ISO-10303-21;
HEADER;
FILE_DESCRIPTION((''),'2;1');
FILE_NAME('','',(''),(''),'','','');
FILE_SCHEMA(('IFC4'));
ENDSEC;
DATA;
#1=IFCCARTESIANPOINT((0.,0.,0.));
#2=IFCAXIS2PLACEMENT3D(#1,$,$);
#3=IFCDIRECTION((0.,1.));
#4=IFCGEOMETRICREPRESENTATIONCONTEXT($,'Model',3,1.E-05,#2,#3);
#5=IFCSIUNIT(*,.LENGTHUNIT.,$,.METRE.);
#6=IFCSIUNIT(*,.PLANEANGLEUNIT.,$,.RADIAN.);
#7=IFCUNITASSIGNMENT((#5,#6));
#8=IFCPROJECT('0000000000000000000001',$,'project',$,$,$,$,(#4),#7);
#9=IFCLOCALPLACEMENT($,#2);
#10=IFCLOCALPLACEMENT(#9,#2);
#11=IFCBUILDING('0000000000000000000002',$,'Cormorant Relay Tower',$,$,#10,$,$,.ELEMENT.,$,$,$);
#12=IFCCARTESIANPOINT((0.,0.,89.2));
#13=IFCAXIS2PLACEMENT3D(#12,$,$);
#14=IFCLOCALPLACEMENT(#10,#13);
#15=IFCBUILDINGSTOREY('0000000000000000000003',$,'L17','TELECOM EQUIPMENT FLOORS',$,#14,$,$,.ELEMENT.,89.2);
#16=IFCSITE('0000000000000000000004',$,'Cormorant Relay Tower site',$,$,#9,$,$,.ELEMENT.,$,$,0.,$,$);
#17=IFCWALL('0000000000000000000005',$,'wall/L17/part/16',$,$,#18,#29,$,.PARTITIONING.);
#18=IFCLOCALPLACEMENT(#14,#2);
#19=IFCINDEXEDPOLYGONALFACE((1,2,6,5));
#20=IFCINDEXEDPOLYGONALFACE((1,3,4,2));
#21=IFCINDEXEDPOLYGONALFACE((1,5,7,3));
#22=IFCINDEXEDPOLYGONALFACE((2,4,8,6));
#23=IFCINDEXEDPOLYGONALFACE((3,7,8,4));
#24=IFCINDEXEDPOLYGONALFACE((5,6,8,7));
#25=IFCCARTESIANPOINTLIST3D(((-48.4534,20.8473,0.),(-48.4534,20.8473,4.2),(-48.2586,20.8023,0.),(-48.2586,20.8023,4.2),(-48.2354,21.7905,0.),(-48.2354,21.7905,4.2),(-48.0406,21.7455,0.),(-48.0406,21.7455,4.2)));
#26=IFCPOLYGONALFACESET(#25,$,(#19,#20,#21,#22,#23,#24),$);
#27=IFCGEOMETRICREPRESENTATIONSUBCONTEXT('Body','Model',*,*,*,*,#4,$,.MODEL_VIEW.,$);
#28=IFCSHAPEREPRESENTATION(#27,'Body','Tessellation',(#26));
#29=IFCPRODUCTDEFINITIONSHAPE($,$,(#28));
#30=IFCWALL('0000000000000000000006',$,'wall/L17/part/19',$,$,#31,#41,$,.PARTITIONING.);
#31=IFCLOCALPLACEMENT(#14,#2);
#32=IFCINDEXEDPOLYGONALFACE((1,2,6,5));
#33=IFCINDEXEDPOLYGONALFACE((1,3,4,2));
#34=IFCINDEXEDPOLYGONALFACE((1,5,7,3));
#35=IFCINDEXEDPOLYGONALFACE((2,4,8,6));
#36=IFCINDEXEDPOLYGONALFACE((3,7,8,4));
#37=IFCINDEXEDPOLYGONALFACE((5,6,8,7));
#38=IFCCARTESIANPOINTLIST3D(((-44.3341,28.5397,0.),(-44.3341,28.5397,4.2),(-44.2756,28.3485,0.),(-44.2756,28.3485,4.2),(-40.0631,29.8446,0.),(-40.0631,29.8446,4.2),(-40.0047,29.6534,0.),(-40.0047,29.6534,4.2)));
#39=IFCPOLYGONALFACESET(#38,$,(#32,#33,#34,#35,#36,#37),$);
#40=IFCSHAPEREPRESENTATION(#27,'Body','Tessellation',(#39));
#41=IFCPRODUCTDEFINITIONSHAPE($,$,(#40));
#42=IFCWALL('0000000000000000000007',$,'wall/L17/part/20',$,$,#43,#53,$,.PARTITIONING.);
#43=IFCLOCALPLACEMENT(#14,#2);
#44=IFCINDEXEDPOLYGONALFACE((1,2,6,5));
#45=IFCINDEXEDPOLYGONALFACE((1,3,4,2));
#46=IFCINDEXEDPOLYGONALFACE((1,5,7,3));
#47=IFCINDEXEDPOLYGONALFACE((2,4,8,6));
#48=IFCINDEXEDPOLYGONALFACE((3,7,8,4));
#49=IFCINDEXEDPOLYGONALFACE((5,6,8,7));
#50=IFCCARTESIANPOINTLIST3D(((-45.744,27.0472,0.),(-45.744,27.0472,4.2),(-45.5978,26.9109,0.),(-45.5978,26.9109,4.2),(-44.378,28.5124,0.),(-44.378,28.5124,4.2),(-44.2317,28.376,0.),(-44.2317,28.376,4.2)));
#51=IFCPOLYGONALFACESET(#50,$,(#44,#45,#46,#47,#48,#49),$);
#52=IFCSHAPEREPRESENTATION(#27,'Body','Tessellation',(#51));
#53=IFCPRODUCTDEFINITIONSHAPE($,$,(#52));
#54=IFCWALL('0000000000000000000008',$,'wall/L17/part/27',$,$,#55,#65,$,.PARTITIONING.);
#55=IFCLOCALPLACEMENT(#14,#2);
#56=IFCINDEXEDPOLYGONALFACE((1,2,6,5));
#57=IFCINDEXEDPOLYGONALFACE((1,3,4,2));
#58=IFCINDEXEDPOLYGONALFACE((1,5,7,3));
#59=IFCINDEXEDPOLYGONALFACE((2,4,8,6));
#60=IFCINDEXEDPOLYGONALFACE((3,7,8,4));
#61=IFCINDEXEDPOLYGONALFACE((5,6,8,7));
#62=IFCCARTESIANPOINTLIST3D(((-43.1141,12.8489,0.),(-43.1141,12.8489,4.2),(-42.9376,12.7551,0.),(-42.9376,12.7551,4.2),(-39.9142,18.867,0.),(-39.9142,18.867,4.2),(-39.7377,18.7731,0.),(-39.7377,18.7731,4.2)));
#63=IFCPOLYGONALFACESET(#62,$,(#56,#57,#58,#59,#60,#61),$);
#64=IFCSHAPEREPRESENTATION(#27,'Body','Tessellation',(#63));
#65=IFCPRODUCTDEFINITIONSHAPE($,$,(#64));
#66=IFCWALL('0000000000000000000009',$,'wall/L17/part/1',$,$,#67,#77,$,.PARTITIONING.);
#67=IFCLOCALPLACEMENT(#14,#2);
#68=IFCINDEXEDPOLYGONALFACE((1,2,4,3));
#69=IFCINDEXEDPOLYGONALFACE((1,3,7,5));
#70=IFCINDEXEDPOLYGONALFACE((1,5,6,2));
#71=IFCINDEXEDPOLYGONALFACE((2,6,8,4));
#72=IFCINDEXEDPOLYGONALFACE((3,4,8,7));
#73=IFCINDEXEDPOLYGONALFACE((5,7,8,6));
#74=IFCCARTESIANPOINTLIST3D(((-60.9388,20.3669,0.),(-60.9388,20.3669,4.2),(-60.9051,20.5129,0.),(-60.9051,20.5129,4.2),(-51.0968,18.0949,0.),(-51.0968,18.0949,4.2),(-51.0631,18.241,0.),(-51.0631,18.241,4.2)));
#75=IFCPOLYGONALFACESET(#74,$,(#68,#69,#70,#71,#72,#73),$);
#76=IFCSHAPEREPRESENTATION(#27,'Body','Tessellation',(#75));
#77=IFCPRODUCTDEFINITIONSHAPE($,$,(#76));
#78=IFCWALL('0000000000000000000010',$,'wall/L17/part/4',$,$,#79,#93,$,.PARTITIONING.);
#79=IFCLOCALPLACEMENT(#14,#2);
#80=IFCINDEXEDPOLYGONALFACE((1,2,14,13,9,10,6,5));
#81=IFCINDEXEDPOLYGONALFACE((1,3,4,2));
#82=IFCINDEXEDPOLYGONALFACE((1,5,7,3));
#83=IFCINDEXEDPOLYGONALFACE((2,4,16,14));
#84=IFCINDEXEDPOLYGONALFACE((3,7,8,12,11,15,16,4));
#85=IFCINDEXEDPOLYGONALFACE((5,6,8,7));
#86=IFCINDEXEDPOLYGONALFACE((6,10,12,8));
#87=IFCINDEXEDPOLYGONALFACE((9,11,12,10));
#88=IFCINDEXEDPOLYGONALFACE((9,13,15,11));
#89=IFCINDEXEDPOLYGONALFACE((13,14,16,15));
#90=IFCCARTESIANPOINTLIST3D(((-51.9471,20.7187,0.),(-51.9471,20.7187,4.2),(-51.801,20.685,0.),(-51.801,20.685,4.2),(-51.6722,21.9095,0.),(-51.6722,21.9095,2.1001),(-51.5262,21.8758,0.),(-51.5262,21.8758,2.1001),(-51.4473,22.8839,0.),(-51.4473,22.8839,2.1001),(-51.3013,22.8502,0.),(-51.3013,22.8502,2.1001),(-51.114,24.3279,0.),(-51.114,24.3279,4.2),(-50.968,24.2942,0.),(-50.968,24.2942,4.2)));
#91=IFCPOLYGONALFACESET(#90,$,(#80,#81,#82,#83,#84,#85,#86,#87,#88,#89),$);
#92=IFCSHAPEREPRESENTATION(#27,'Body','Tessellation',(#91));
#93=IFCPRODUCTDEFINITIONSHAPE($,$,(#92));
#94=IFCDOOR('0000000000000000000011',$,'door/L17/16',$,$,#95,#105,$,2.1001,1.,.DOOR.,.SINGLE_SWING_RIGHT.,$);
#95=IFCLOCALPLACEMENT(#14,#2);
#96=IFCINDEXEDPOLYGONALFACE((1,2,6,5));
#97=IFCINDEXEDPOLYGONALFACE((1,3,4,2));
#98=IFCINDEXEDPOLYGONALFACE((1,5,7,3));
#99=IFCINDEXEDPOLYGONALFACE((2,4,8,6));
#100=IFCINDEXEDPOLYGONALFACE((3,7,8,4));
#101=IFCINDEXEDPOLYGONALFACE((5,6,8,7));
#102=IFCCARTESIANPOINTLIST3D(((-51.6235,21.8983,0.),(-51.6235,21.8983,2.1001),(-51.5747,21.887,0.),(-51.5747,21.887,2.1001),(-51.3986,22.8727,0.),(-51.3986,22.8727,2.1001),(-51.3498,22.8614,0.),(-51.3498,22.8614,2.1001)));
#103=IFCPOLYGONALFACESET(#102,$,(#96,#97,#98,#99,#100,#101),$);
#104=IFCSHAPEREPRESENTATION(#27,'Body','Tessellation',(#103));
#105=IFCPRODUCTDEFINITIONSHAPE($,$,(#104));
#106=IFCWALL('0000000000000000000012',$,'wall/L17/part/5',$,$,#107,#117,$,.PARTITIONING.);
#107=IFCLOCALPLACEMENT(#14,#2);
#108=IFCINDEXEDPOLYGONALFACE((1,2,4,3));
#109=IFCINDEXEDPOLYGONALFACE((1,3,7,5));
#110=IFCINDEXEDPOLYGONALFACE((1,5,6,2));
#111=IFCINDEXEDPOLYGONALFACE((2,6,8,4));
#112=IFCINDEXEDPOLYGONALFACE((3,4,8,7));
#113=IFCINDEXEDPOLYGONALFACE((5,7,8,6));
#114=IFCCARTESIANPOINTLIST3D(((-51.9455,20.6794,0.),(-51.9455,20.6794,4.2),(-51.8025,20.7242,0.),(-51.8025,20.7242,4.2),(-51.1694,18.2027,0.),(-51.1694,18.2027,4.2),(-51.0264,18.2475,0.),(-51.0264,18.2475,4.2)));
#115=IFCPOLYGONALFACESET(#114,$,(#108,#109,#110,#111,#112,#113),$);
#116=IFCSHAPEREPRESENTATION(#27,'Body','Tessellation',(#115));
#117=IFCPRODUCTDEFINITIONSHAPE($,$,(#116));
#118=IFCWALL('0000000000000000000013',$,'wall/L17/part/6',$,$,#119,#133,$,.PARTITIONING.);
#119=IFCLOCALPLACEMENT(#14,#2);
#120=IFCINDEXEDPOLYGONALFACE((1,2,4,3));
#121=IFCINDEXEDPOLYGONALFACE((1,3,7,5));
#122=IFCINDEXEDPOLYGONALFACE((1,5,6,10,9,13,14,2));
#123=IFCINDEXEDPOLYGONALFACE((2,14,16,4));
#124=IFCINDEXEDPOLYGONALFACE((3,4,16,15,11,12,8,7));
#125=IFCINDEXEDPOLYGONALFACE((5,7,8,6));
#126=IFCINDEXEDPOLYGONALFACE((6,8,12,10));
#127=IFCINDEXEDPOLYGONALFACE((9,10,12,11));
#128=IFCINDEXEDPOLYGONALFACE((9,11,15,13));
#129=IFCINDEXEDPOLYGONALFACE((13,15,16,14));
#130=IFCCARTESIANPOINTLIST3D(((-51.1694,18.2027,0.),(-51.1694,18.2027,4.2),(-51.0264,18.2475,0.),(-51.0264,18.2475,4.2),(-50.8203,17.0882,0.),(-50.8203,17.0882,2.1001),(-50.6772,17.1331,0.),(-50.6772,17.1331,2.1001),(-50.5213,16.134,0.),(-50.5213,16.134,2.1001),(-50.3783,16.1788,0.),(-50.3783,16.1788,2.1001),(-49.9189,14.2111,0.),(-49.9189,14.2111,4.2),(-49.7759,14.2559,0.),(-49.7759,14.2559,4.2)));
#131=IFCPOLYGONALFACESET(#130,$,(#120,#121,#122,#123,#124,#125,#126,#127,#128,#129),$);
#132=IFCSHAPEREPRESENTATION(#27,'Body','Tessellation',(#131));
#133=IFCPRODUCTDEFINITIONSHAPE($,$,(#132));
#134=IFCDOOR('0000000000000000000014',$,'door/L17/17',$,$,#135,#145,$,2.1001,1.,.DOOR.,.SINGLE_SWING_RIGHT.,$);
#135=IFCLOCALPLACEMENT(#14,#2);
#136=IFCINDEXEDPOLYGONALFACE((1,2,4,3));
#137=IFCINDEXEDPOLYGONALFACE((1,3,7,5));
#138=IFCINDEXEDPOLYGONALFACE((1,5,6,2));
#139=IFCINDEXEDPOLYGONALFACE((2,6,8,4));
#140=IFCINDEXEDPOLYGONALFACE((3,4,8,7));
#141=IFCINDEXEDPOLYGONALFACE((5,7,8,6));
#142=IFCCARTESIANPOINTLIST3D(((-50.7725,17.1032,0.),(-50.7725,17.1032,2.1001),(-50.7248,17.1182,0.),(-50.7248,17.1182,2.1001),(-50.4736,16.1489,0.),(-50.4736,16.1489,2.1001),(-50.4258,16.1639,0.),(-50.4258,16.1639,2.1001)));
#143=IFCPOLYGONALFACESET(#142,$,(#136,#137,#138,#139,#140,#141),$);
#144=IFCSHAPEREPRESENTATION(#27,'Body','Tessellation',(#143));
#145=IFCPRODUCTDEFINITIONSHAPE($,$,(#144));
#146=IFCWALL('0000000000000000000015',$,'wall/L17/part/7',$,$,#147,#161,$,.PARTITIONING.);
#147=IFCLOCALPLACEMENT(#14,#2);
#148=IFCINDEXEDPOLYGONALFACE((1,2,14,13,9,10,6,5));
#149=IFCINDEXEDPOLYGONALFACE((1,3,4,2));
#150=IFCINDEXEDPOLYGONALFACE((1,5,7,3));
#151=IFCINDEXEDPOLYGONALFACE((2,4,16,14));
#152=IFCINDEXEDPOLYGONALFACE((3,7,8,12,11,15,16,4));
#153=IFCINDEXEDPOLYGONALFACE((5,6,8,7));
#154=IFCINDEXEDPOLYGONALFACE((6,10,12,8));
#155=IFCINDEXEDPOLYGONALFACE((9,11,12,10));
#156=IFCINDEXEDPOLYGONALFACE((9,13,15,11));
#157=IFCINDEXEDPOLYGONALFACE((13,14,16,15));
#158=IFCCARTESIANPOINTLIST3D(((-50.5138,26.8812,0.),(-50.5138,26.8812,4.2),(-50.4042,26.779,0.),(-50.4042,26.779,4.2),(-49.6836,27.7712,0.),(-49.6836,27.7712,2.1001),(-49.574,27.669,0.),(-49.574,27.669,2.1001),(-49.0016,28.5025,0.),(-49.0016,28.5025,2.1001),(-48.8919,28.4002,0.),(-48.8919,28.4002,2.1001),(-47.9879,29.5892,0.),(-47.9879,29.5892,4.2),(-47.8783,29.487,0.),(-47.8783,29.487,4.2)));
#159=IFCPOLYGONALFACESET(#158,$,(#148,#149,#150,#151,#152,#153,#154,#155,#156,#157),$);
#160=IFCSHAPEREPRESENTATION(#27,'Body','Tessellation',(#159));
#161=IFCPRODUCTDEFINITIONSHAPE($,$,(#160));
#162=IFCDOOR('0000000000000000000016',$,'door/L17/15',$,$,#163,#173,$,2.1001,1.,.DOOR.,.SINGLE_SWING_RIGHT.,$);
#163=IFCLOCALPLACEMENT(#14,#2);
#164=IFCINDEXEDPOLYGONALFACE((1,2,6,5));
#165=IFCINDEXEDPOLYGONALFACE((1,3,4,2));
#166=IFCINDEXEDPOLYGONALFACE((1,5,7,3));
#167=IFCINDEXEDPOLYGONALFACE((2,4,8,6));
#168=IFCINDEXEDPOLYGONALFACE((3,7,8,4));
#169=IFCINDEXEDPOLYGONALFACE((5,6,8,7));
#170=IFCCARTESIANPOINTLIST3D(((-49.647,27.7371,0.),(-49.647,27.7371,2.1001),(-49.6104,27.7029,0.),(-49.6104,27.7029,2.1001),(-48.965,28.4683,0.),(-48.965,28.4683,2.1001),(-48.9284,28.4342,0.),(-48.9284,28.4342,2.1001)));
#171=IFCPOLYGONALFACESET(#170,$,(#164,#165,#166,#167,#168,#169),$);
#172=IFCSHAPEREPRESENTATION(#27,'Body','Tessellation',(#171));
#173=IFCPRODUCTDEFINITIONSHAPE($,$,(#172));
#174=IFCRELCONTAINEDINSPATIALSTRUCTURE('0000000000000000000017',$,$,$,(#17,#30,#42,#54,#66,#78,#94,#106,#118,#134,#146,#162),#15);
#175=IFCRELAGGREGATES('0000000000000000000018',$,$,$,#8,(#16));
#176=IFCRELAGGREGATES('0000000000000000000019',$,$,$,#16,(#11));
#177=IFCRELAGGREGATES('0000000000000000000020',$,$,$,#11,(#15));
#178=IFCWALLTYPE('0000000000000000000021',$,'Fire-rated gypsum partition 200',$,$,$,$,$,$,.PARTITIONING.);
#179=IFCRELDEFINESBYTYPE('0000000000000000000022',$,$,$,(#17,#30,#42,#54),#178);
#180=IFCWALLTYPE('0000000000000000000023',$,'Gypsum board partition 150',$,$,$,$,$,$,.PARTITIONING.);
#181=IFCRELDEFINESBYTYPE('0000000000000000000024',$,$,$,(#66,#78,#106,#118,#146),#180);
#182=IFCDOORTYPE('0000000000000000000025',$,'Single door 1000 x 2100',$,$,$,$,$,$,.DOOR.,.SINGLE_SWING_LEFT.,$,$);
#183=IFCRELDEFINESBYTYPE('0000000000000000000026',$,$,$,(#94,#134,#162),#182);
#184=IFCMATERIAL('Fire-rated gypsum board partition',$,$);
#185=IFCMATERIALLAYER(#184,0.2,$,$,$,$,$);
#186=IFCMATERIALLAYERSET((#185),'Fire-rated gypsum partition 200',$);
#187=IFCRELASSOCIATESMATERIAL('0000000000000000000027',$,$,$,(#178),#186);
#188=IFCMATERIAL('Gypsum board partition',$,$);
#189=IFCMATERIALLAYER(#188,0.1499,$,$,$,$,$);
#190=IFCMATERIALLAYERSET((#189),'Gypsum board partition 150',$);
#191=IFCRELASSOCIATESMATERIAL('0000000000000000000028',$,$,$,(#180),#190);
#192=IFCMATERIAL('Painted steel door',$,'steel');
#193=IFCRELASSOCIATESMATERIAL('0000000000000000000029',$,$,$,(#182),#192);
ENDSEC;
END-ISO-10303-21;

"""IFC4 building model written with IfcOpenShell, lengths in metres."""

from ifc_helpers import new_model, si_unit, direction, frame, frame_2d, origin, place, context, subcontext, project, spatial, rectangle, extrude, material, layer, layer_set, type_object, element, fill, save


model = new_model("IFC4")

# Units and contexts
model_context = context("Model", 3, precision=1e-05, world=origin(), true_north=direction((0.0, 1.0)))
body_context = subcontext(model_context, "Body", "Model", "MODEL_VIEW")
ifc_project = project(units=[si_unit("LENGTHUNIT", "METRE"), si_unit("PLANEANGLEUNIT", "RADIAN")], contexts=[model_context])

# Site, building, storey
site_placement = place(None, origin())
site = spatial("IfcSite", under=ifc_project, at=site_placement, Name="Cormorant Relay Tower site", CompositionType="ELEMENT", RefElevation=0.0)
building_placement = place(site_placement, origin())
building = spatial("IfcBuilding", under=site, at=building_placement, Name="Cormorant Relay Tower", CompositionType="ELEMENT")
storey_placement = place(building_placement, frame((0.0, 0.0, 89.2)))
storey = spatial("IfcBuildingStorey", under=building, at=storey_placement, Name="L17", Description="TELECOM EQUIPMENT FLOORS", CompositionType="ELEMENT", Elevation=89.2)

# Walls
ifc_material_1 = material(Name="Fire-rated gypsum board partition")
ifc_layer_1 = layer(ifc_material_1, 0.2)
ifc_layer_set_1 = layer_set([ifc_layer_1], Name="Fire-rated gypsum partition 200")
wall_type_1 = type_object("IfcWallType", Name="Fire-rated gypsum partition 200", PredefinedType="PARTITIONING", material=ifc_layer_set_1)
wall_1_placement = place(storey_placement, frame((-48.356, 20.825, 0.0), z_axis=(0.0, 0.0, 1.0), x_axis=(0.225228, 0.974306, 0.0)))
element("IfcWall", 1, at=wall_1_placement, inside=storey, type_object=wall_type_1, Name="wall/L17/part/16", PredefinedType="PARTITIONING", context=body_context, shape_type="SweptSolid", body=[
    extrude(rectangle(XDim=0.968, YDim=0.2, at=frame_2d((0.4839, 0.0))), origin(), (0.0, 0.0, 1.0), 4.2),
])
wall_2_placement = place(storey_placement, frame((-40.0339, 29.749, 0.0), z_axis=(0.0, 0.0, 1.0), x_axis=(-0.956358, -0.292199, 0.0)))
element("IfcWall", 2, at=wall_2_placement, inside=storey, type_object=wall_type_1, Name="wall/L17/part/19", PredefinedType="PARTITIONING", context=body_context, shape_type="SweptSolid", body=[
    extrude(rectangle(XDim=4.4658, YDim=0.2, at=frame_2d((2.2329, 0.0))), origin(), (0.0, 0.0, 1.0), 4.2),
])
wall_3_placement = place(storey_placement, frame((-44.3049, 28.4441, 0.0), z_axis=(0.0, 0.0, 1.0), x_axis=(-0.681932, -0.731416, 0.0)))
element("IfcWall", 3, at=wall_3_placement, inside=storey, type_object=wall_type_1, Name="wall/L17/part/20", PredefinedType="PARTITIONING", context=body_context, shape_type="SweptSolid", body=[
    extrude(rectangle(XDim=2.0032, YDim=0.2, at=frame_2d((1.0015, 0.0))), origin(), (0.0, 0.0, 1.0), 4.2),
])
wall_4_placement = place(storey_placement, frame((-39.8259, 18.8201, 0.0), z_axis=(0.0, 0.0, 1.0), x_axis=(-0.469482, -0.882942, 0.0)))
element("IfcWall", 4, at=wall_4_placement, inside=storey, type_object=wall_type_1, Name="wall/L17/part/27", PredefinedType="PARTITIONING", context=body_context, shape_type="SweptSolid", body=[
    extrude(rectangle(XDim=6.8159, YDim=0.2, at=frame_2d((3.408, 0.0))), origin(), (0.0, 0.0, 1.0), 4.2),
])
ifc_material_2 = material(Name="Gypsum board partition")
ifc_layer_2 = layer(ifc_material_2, 0.1499)
ifc_layer_set_2 = layer_set([ifc_layer_2], Name="Gypsum board partition 150")
wall_type_2 = type_object("IfcWallType", Name="Gypsum board partition 150", PredefinedType="PARTITIONING", material=ifc_layer_set_2)
wall_5_placement = place(storey_placement, frame((-51.0801, 18.168, 0.0), z_axis=(0.0, 0.0, 1.0), x_axis=(-0.974375, 0.224928, 0.0)))
element("IfcWall", 5, at=wall_5_placement, inside=storey, type_object=wall_type_2, Name="wall/L17/part/1", PredefinedType="PARTITIONING", context=body_context, shape_type="SweptSolid", body=[
    extrude(rectangle(XDim=10.1008, YDim=0.1499, at=frame_2d((5.0503, 0.0))), origin(), (0.0, 0.0, 1.0), 4.2),
])

# Wall, opening, door
wall_6_placement = place(storey_placement, frame((-51.041, 24.311, 0.0), z_axis=(0.0, 0.0, 1.0), x_axis=(-0.224893, -0.974383, 0.0)))
wall_6 = element("IfcWall", 6, at=wall_6_placement, inside=storey, type_object=wall_type_2, Name="wall/L17/part/4", PredefinedType="PARTITIONING", context=body_context, shape_type="SweptSolid", body=[
    extrude(rectangle(XDim=3.7041, YDim=0.1499, at=frame_2d((1.8521, 0.0))), origin(), (0.0, 0.0, 1.0), 4.2),
])
opening_1_placement = place(wall_6_placement, frame((1.4819, 0.0, 0.0)))
opening_1 = element("IfcOpeningElement", 7, at=opening_1_placement, cuts=wall_6, PredefinedType="OPENING", context=body_context, shape_type="SweptSolid", body=[
    extrude(rectangle(XDim=1.0, YDim=2.1001, at=frame_2d((0.5, 1.05))), frame((0.0, 0.085, 0.0), z_axis=(0.0, -1.0, 0.0), x_axis=(1.0, 0.0, 0.0)), (0.0, 0.0, 1.0), 0.1699),
])
ifc_material_3 = material(Name="Painted steel door", Category="steel")
door_type = type_object("IfcDoorType", Name="Single door 1000 x 2100", OperationType="SINGLE_SWING_LEFT", PredefinedType="DOOR", material=ifc_material_3)
door_1_placement = place(opening_1_placement, frame((1.0, 0.0, 0.0), z_axis=(0.0, 0.0, 1.0), x_axis=(-1.0, 0.0, 0.0)))
door_1 = element("IfcDoor", 8, at=door_1_placement, inside=storey, type_object=door_type, Name="door/L17/16", OperationType="SINGLE_SWING_RIGHT", OverallHeight=2.1001, OverallWidth=1.0, PredefinedType="DOOR", context=body_context, shape_type="SweptSolid", body=[
    extrude(rectangle(XDim=1.0, YDim=2.1001, at=frame_2d((0.5, 1.05))), frame((0.0, 0.0249, 0.0), z_axis=(0.0, -1.0, 0.0), x_axis=(1.0, 0.0, 0.0)), (0.0, 0.0, 1.0), 0.05),
])
fill(opening_1, door_1)

# Wall
wall_7_placement = place(storey_placement, frame((-51.874, 20.7019, 0.0), z_axis=(0.0, 0.0, 1.0), x_axis=(0.299019, -0.954247, 0.0)))
element("IfcWall", 9, at=wall_7_placement, inside=storey, type_object=wall_type_2, Name="wall/L17/part/5", PredefinedType="PARTITIONING", context=body_context, shape_type="SweptSolid", body=[
    extrude(rectangle(XDim=2.5955, YDim=0.1499, at=frame_2d((1.2979, 0.0))), origin(), (0.0, 0.0, 1.0), 4.2),
])

# Walls, openings, doors
wall_8_placement = place(storey_placement, frame((-49.8474, 14.2336, 0.0), z_axis=(0.0, 0.0, 1.0), x_axis=(-0.298963, 0.954265, 0.0)))
wall_8 = element("IfcWall", 10, at=wall_8_placement, inside=storey, type_object=wall_type_2, Name="wall/L17/part/6", PredefinedType="PARTITIONING", context=body_context, shape_type="SweptSolid", body=[
    extrude(rectangle(XDim=4.1829, YDim=0.1499, at=frame_2d((2.0913, 0.0))), origin(), (0.0, 0.0, 1.0), 4.2),
])
opening_2_placement = place(wall_8_placement, frame((2.0149, 0.0, 0.0)))
opening_2 = element("IfcOpeningElement", 11, at=opening_2_placement, cuts=wall_8, PredefinedType="OPENING", context=body_context, shape_type="SweptSolid", body=[
    extrude(rectangle(XDim=1.0, YDim=2.1001, at=frame_2d((0.5, 1.05))), frame((0.0, 0.085, 0.0), z_axis=(0.0, -1.0, 0.0), x_axis=(1.0, 0.0, 0.0)), (0.0, 0.0, 1.0), 0.1699),
])
door_2_placement = place(opening_2_placement, origin())
door_2 = element("IfcDoor", 12, at=door_2_placement, inside=storey, type_object=door_type, Name="door/L17/17", OperationType="SINGLE_SWING_RIGHT", OverallHeight=2.1001, OverallWidth=1.0, PredefinedType="DOOR", context=body_context, shape_type="SweptSolid", body=[
    extrude(rectangle(XDim=1.0, YDim=2.1001, at=frame_2d((0.5, 1.05))), frame((0.0, 0.0249, 0.0), z_axis=(0.0, -1.0, 0.0), x_axis=(1.0, 0.0, 0.0)), (0.0, 0.0, 1.0), 0.05),
])
fill(opening_2, door_2)
wall_9_placement = place(storey_placement, frame((-47.9331, 29.5381, 0.0), z_axis=(0.0, 0.0, 1.0), x_axis=(-0.682088, -0.73127, 0.0)))
wall_9 = element("IfcWall", 13, at=wall_9_placement, inside=storey, type_object=wall_type_2, Name="wall/L17/part/7", PredefinedType="PARTITIONING", context=body_context, shape_type="SweptSolid", body=[
    extrude(rectangle(XDim=3.7031, YDim=0.1499, at=frame_2d((1.8516, 0.0))), origin(), (0.0, 0.0, 1.0), 4.2),
])
opening_3_placement = place(wall_9_placement, frame((1.4861, 0.0, 0.0)))
opening_3 = element("IfcOpeningElement", 14, at=opening_3_placement, cuts=wall_9, PredefinedType="OPENING", context=body_context, shape_type="SweptSolid", body=[
    extrude(rectangle(XDim=1.0, YDim=2.1001, at=frame_2d((0.5, 1.05))), frame((0.0, 0.085, 0.0), z_axis=(0.0, -1.0, 0.0), x_axis=(1.0, 0.0, 0.0)), (0.0, 0.0, 1.0), 0.1699),
])
door_3_placement = place(opening_3_placement, frame((1.0, 0.0, 0.0), z_axis=(0.0, 0.0, 1.0), x_axis=(-1.0, 0.0, 0.0)))
door_3 = element("IfcDoor", 15, at=door_3_placement, inside=storey, type_object=door_type, Name="door/L17/15", OperationType="SINGLE_SWING_RIGHT", OverallHeight=2.1001, OverallWidth=1.0, PredefinedType="DOOR", context=body_context, shape_type="SweptSolid", body=[
    extrude(rectangle(XDim=1.0, YDim=2.1001, at=frame_2d((0.5, 1.05))), frame((0.0, 0.0249, 0.0), z_axis=(0.0, -1.0, 0.0), x_axis=(1.0, 0.0, 0.0)), (0.0, 0.0, 1.0), 0.05),
])
fill(opening_3, door_3)

save(model, "model.ifc")
